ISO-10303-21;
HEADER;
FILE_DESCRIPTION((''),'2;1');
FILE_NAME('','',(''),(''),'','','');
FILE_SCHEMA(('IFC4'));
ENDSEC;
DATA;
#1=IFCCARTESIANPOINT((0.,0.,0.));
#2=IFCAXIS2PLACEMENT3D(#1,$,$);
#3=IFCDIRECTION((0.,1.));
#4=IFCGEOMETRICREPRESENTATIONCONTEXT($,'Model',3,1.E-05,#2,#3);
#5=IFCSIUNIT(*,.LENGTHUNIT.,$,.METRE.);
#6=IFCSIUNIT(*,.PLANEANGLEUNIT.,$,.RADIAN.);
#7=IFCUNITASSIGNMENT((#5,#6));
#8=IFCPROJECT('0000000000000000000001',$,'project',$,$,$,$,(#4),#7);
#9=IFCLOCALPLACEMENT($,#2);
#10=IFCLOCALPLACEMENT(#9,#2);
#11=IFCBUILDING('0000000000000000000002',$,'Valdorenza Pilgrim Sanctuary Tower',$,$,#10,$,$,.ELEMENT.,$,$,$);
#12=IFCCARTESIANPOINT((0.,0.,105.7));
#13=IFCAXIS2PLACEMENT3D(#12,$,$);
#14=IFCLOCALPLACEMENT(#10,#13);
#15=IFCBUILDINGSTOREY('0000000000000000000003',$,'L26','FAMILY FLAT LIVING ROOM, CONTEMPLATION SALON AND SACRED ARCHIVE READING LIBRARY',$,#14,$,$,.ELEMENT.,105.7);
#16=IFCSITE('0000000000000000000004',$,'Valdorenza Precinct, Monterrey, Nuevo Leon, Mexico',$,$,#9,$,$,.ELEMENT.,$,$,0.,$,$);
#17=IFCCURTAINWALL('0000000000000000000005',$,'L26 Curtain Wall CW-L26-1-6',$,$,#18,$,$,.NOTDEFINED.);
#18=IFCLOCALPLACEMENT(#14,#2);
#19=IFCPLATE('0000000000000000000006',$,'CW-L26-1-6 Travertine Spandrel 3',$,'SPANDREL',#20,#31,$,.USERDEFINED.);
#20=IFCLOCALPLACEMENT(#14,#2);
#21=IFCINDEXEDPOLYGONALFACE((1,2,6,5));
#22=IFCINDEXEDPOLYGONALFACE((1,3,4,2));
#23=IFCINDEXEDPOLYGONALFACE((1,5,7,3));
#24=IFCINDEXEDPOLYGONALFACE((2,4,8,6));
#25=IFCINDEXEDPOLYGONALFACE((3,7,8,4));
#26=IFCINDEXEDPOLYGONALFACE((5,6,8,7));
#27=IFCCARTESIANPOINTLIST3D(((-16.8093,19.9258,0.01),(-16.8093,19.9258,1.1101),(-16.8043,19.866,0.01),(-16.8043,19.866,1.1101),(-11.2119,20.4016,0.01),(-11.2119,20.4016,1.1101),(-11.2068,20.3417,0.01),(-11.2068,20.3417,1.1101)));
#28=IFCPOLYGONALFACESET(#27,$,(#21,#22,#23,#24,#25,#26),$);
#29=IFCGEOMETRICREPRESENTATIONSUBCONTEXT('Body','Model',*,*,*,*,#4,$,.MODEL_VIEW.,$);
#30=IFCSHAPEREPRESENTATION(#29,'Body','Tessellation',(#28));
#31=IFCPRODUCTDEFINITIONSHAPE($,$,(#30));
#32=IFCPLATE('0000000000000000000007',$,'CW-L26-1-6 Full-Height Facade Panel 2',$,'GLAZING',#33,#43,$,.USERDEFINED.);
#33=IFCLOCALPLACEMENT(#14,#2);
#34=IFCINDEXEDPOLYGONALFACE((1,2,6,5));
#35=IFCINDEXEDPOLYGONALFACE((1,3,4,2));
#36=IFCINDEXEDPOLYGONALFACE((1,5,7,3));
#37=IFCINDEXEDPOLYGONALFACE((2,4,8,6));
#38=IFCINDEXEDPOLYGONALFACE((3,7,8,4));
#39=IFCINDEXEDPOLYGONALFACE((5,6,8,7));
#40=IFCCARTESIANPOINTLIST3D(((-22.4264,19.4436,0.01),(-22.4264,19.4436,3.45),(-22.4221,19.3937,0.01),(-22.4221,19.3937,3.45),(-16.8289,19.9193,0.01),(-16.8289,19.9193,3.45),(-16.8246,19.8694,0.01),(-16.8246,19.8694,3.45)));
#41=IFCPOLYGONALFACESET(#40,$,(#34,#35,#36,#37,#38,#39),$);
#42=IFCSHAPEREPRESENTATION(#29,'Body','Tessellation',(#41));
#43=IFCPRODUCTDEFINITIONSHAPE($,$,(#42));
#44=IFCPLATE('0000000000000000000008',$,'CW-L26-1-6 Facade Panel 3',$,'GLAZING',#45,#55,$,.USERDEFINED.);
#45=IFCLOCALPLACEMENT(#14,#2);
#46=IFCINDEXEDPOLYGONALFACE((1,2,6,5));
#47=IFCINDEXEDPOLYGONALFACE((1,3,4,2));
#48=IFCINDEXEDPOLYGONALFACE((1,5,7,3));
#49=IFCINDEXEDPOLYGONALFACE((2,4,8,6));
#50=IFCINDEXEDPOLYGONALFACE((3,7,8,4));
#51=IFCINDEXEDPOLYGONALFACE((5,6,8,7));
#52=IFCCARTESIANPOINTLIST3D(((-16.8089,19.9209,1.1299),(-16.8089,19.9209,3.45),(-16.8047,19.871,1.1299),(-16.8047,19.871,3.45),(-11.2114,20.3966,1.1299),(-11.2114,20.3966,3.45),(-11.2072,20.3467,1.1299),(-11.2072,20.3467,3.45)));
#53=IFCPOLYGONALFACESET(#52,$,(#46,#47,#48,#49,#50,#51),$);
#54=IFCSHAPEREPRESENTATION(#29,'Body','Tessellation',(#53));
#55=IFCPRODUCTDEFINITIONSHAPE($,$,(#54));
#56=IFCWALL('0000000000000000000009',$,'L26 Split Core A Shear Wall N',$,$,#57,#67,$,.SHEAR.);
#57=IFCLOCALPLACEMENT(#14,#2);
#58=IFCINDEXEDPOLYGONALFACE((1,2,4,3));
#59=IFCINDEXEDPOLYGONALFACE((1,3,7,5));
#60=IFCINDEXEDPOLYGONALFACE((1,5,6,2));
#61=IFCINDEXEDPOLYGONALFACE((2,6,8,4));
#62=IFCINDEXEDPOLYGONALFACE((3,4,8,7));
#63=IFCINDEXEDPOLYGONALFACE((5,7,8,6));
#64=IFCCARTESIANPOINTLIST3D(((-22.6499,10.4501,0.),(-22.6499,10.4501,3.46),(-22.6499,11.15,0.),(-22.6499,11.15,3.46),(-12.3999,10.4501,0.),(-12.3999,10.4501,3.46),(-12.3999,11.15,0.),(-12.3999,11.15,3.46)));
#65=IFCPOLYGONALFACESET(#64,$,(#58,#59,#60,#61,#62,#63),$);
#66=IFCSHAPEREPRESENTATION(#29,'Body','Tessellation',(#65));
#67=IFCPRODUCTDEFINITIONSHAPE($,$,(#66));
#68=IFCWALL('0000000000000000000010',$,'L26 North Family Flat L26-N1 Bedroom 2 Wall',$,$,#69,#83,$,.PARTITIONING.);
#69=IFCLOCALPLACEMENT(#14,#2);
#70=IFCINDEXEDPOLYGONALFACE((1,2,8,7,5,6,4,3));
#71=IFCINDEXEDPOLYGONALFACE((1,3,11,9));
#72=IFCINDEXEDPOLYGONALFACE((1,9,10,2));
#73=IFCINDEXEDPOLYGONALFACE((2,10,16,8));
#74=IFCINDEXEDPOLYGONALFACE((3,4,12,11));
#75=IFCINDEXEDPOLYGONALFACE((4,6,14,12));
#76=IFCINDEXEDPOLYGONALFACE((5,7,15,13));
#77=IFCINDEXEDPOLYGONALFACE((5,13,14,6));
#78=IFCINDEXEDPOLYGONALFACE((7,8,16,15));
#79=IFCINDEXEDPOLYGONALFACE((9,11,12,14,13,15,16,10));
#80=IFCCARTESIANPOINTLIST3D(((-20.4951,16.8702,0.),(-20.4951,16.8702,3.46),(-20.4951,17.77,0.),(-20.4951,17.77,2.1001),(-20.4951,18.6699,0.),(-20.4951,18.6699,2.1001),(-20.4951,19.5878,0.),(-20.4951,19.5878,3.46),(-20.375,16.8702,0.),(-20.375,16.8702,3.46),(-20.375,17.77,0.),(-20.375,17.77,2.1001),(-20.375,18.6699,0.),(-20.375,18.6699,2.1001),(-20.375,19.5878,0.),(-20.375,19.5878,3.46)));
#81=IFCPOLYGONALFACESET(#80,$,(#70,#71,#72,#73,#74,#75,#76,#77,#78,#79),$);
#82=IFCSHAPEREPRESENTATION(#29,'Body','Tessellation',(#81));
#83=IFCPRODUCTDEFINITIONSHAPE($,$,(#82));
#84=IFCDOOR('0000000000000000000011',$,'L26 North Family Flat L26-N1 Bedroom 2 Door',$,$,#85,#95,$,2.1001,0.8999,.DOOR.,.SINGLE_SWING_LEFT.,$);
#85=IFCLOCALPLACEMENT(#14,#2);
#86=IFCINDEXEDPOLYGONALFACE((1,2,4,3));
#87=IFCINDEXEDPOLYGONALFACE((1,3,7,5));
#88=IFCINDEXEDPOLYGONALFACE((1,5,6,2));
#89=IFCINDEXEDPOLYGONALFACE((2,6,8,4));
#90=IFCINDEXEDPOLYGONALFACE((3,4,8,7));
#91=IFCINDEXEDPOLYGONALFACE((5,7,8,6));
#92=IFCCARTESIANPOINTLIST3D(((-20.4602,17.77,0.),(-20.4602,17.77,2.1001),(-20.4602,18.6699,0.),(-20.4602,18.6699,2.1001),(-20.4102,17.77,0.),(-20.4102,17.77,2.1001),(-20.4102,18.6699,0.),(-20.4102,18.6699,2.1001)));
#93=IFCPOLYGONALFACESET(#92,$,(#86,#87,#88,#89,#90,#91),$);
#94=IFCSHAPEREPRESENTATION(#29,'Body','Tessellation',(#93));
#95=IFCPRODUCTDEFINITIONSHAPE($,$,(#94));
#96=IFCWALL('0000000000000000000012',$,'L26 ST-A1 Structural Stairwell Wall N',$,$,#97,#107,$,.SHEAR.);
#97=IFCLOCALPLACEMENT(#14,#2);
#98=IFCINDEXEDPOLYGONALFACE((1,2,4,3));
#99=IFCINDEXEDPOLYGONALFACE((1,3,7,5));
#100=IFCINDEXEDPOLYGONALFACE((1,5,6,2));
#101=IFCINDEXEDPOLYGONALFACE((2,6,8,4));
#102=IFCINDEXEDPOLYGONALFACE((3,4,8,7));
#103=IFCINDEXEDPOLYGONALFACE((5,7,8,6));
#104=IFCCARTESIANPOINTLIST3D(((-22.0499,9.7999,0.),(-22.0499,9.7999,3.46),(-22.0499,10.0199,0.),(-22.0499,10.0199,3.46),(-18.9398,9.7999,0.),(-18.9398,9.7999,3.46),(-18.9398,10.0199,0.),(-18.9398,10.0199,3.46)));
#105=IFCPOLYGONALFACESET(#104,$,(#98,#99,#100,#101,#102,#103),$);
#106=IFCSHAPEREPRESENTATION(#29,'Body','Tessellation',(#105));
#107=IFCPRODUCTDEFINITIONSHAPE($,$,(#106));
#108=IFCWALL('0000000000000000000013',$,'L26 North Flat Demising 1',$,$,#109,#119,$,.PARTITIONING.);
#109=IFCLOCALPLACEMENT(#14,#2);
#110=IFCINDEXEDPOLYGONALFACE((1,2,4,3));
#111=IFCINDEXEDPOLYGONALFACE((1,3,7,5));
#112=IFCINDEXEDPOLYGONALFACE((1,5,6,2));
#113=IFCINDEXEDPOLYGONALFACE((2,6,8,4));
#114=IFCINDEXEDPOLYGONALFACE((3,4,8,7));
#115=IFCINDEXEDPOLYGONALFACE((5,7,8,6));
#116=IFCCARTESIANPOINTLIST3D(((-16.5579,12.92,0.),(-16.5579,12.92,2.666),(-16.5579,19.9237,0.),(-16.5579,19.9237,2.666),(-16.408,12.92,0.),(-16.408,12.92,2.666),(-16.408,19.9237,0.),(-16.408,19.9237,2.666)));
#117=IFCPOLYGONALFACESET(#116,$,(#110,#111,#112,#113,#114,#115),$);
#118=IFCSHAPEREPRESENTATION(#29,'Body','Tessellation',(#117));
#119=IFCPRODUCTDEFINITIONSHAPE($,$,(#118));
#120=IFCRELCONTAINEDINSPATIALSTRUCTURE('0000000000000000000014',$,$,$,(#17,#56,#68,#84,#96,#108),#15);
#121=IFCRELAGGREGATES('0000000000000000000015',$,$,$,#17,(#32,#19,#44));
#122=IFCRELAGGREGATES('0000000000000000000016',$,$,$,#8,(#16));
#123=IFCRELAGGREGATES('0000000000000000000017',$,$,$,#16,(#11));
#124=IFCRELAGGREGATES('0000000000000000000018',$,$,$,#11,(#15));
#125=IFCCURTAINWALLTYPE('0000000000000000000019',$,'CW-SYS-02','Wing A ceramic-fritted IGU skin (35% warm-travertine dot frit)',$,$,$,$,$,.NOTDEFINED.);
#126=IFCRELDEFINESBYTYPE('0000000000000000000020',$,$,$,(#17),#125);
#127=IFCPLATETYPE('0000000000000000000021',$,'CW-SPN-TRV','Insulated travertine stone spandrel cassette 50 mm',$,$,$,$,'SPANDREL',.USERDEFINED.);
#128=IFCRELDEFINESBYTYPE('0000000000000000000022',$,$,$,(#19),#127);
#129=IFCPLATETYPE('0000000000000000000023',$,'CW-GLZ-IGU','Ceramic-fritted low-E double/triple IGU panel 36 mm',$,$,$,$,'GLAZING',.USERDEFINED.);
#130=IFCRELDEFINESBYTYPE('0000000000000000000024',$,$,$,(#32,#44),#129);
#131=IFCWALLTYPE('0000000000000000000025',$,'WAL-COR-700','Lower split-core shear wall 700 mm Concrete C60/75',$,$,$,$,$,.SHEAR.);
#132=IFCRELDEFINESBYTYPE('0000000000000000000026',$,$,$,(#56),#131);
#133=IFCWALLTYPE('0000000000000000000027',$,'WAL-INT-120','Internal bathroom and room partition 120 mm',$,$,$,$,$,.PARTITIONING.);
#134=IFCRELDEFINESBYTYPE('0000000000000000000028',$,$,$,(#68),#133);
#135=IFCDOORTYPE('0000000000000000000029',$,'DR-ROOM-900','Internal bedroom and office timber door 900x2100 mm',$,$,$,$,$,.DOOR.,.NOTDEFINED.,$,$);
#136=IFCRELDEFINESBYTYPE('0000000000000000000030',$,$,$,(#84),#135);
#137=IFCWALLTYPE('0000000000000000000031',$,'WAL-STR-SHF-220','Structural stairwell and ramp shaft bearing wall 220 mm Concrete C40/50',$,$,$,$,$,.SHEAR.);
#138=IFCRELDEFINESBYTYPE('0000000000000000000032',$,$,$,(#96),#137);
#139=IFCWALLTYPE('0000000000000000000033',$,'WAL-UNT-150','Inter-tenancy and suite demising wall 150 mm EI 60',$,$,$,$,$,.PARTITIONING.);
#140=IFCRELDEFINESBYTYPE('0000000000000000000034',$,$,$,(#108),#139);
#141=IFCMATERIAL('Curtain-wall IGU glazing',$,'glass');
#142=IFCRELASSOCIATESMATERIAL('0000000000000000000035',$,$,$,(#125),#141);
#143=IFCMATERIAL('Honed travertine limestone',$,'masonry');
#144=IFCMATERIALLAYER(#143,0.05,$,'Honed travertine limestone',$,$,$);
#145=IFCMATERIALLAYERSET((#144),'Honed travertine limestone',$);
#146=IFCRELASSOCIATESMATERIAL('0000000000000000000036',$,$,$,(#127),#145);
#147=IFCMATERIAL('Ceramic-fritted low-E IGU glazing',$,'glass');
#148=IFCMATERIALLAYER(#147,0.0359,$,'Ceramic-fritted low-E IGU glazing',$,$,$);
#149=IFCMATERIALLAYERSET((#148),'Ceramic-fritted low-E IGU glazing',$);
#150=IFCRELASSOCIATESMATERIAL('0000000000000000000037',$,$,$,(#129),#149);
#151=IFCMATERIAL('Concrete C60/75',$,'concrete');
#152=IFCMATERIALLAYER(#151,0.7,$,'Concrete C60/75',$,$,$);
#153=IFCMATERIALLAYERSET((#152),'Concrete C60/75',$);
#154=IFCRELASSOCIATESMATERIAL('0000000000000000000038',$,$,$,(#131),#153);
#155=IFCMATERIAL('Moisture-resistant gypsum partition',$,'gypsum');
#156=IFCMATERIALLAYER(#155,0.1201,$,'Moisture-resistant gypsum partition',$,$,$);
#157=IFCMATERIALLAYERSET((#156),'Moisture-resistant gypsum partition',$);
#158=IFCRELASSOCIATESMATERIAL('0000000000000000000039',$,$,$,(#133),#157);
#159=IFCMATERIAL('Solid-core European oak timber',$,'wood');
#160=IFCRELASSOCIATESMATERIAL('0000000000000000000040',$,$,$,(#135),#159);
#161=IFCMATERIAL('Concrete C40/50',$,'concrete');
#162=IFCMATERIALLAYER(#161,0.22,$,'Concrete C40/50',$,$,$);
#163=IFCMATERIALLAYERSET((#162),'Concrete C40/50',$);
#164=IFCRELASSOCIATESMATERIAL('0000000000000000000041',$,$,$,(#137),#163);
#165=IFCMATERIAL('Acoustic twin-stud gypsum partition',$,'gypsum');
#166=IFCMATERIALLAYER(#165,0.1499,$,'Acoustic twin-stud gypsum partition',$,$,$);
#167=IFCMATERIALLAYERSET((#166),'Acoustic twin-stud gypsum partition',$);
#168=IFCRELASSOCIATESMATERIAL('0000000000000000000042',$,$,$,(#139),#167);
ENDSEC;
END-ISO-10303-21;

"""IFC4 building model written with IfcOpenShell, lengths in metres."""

from ifc_helpers import new_model, si_unit, direction, frame, frame_2d, origin, origin_2d, place, context, subcontext, project, spatial, rectangle, extrude, source, transform, mapped, material, layer, layer_set, type_object, element, fill, aggregate, save


model = new_model("IFC4")

# Units and contexts
model_context = context("Model", 3, precision=1e-05, world=origin(), true_north=direction((0.0, 1.0)))
body_context = subcontext(model_context, "Body", "Model", "MODEL_VIEW")
ifc_project = project(units=[si_unit("LENGTHUNIT", "METRE"), si_unit("PLANEANGLEUNIT", "RADIAN")], contexts=[model_context])

# Site, building, storey
site_placement = place(None, origin())
site = spatial("IfcSite", under=ifc_project, at=site_placement, Name="Valdorenza Precinct, Monterrey, Nuevo Leon, Mexico", CompositionType="ELEMENT", RefElevation=0.0)
building_placement = place(site_placement, origin())
building = spatial("IfcBuilding", under=site, at=building_placement, Name="Valdorenza Pilgrim Sanctuary Tower", CompositionType="ELEMENT")
storey_placement = place(building_placement, frame((0.0, 0.0, 105.7)))
storey = spatial("IfcBuildingStorey", under=building, at=storey_placement, Name="L26", Description="FAMILY FLAT LIVING ROOM, CONTEMPLATION SALON AND SACRED ARCHIVE READING LIBRARY", CompositionType="ELEMENT", Elevation=105.7)

# Shared definitions
ifc_material_1 = material(Name="Concrete C60/75", Category="concrete")

# Curtain wall, plates
ifc_material_2 = material(Name="Curtain-wall IGU glazing", Category="glass")
curtain_wall_type = type_object("IfcCurtainWallType", Name="CW-SYS-02", Description="Wing A ceramic-fritted IGU skin (35% warm-travertine dot frit)", PredefinedType="NOTDEFINED", material=ifc_material_2)
curtain_wall_placement = place(storey_placement, origin())
curtain_wall = element("IfcCurtainWall", 1, at=curtain_wall_placement, inside=storey, type_object=curtain_wall_type, Name="L26 Curtain Wall CW-L26-1-6", PredefinedType="NOTDEFINED")
ifc_material_3 = material(Name="Honed travertine limestone", Category="masonry")
ifc_layer_1 = layer(ifc_material_3, 0.05, Name="Honed travertine limestone")
ifc_layer_set_1 = layer_set([ifc_layer_1], Name="Honed travertine limestone")
plate_type_1 = type_object("IfcPlateType", Name="CW-SPN-TRV", Description="Insulated travertine stone spandrel cassette 50 mm", ElementType="SPANDREL", PredefinedType="USERDEFINED", material=ifc_layer_set_1)
shared_shape_1 = source(origin(), body_context, "Body", "SweptSolid", [
    extrude(rectangle(XDim=5.6177, YDim=0.0601, at=origin_2d()), origin(), (0.0, 0.0, 1.0), 1.1001),
])
plate_1_placement = place(storey_placement, frame((-14.0081, 20.1338, 0.01), z_axis=(0.0, 0.0, 1.0), x_axis=(0.996408, 0.084687, 0.0)))
plate_1 = element("IfcPlate", 2, at=plate_1_placement, type_object=plate_type_1, Name="CW-L26-1-6 Travertine Spandrel 3", ObjectType="SPANDREL", PredefinedType="USERDEFINED", context=body_context, shape_type="MappedRepresentation", body=[
    mapped(shared_shape_1, transform((0.0, 0.0, 0.0), x_axis=(1.0, 0.0, 0.0), y_axis=(0.0, 1.0, 0.0), z_axis=(0.0, 0.0, 1.0), scale=1.0)),
])
ifc_material_4 = material(Name="Ceramic-fritted low-E IGU glazing", Category="glass")
ifc_layer_2 = layer(ifc_material_4, 0.0359, Name="Ceramic-fritted low-E IGU glazing")
ifc_layer_set_2 = layer_set([ifc_layer_2], Name="Ceramic-fritted low-E IGU glazing")
plate_type_2 = type_object("IfcPlateType", Name="CW-GLZ-IGU", Description="Ceramic-fritted low-E double/triple IGU panel 36 mm", ElementType="GLAZING", PredefinedType="USERDEFINED", material=ifc_layer_set_2)
shared_shape_2 = source(origin(), body_context, "Body", "SweptSolid", [
    extrude(rectangle(XDim=5.6177, YDim=0.05, at=origin_2d()), origin(), (0.0, 0.0, 1.0), 3.4399),
])
plate_2_placement = place(storey_placement, frame((-19.6255, 19.6565, 0.01), z_axis=(0.0, 0.0, 1.0), x_axis=(0.996408, 0.084687, 0.0)))
plate_2 = element("IfcPlate", 3, at=plate_2_placement, type_object=plate_type_2, Name="CW-L26-1-6 Full-Height Facade Panel 2", ObjectType="GLAZING", PredefinedType="USERDEFINED", context=body_context, shape_type="MappedRepresentation", body=[
    mapped(shared_shape_2, transform((0.0, 0.0, 0.0), x_axis=(1.0, 0.0, 0.0), y_axis=(0.0, 1.0, 0.0), z_axis=(0.0, 0.0, 1.0), scale=1.0)),
])
shared_shape_3 = source(origin(), body_context, "Body", "SweptSolid", [
    extrude(rectangle(XDim=5.6177, YDim=0.05, at=origin_2d()), origin(), (0.0, 0.0, 1.0), 2.3201),
])
plate_3_placement = place(storey_placement, frame((-14.0081, 20.1338, 1.1299), z_axis=(0.0, 0.0, 1.0), x_axis=(0.996408, 0.084687, 0.0)))
plate_3 = element("IfcPlate", 4, at=plate_3_placement, type_object=plate_type_2, Name="CW-L26-1-6 Facade Panel 3", ObjectType="GLAZING", PredefinedType="USERDEFINED", context=body_context, shape_type="MappedRepresentation", body=[
    mapped(shared_shape_3, transform((0.0, 0.0, 0.0), x_axis=(1.0, 0.0, 0.0), y_axis=(0.0, 1.0, 0.0), z_axis=(0.0, 0.0, 1.0), scale=1.0)),
])
aggregate(curtain_wall, [plate_2, plate_1, plate_3])

# Wall
ifc_layer_3 = layer(ifc_material_1, 0.7, Name="Concrete C60/75")
ifc_layer_set_3 = layer_set([ifc_layer_3], Name="Concrete C60/75")
wall_type_1 = type_object("IfcWallType", Name="WAL-COR-700", Description="Lower split-core shear wall 700 mm Concrete C60/75", PredefinedType="SHEAR", material=ifc_layer_set_3)
wall_1_placement = place(storey_placement, frame((-22.6499, 10.8, 0.0), z_axis=(0.0, 0.0, 1.0), x_axis=(1.0, 0.0, 0.0)))
element("IfcWall", 5, at=wall_1_placement, inside=storey, type_object=wall_type_1, Name="L26 Split Core A Shear Wall N", PredefinedType="SHEAR", context=body_context, shape_type="SweptSolid", body=[
    extrude(rectangle(XDim=10.25, YDim=0.7, at=frame_2d((5.125, 0.0))), origin(), (0.0, 0.0, 1.0), 3.46),
])

# Wall, opening, door
ifc_material_5 = material(Name="Moisture-resistant gypsum partition", Category="gypsum")
ifc_layer_4 = layer(ifc_material_5, 0.1201, Name="Moisture-resistant gypsum partition")
ifc_layer_set_4 = layer_set([ifc_layer_4], Name="Moisture-resistant gypsum partition")
wall_type_2 = type_object("IfcWallType", Name="WAL-INT-120", Description="Internal bathroom and room partition 120 mm", PredefinedType="PARTITIONING", material=ifc_layer_set_4)
wall_2_placement = place(storey_placement, frame((-20.4351, 16.8701, 0.0), z_axis=(0.0, 0.0, 1.0), x_axis=(0.0, 1.0, 0.0)))
wall_2 = element("IfcWall", 6, at=wall_2_placement, inside=storey, type_object=wall_type_2, Name="L26 North Family Flat L26-N1 Bedroom 2 Wall", PredefinedType="PARTITIONING", context=body_context, shape_type="SweptSolid", body=[
    extrude(rectangle(XDim=2.7175, YDim=0.1201, at=frame_2d((1.3589, 0.0))), origin(), (0.0, 0.0, 1.0), 3.46),
])
opening_placement = place(wall_2_placement, frame((0.8999, 0.0, 0.0)))
opening = element("IfcOpeningElement", 7, at=opening_placement, cuts=wall_2, PredefinedType="OPENING", context=body_context, shape_type="SweptSolid", body=[
    extrude(rectangle(XDim=0.8999, YDim=2.1001, at=frame_2d((0.45, 1.05))), frame((0.0, 0.075, 0.0), z_axis=(0.0, -1.0, 0.0), x_axis=(1.0, 0.0, 0.0)), (0.0, 0.0, 1.0), 0.1499),
])
ifc_material_6 = material(Name="Solid-core European oak timber", Category="wood")
door_type = type_object("IfcDoorType", Name="DR-ROOM-900", Description="Internal bedroom and office timber door 900x2100 mm", OperationType="NOTDEFINED", PredefinedType="DOOR", material=ifc_material_6)
door_placement = place(opening_placement, frame((0.8999, 0.0, 0.0), z_axis=(0.0, 0.0, 1.0), x_axis=(-1.0, 0.0, 0.0)))
door = element("IfcDoor", 8, at=door_placement, inside=storey, type_object=door_type, Name="L26 North Family Flat L26-N1 Bedroom 2 Door", OperationType="SINGLE_SWING_LEFT", OverallHeight=2.1001, OverallWidth=0.8999, PredefinedType="DOOR", context=body_context, shape_type="SweptSolid", body=[
    extrude(rectangle(XDim=0.8999, YDim=2.1001, at=frame_2d((0.45, 1.05))), frame((0.0, 0.0249, 0.0), z_axis=(0.0, -1.0, 0.0), x_axis=(1.0, 0.0, 0.0)), (0.0, 0.0, 1.0), 0.05),
])
fill(opening, door)

# Walls
ifc_material_7 = material(Name="Concrete C40/50", Category="concrete")
ifc_layer_5 = layer(ifc_material_7, 0.22, Name="Concrete C40/50")
ifc_layer_set_5 = layer_set([ifc_layer_5], Name="Concrete C40/50")
wall_type_3 = type_object("IfcWallType", Name="WAL-STR-SHF-220", Description="Structural stairwell and ramp shaft bearing wall 220 mm Concrete C40/50", PredefinedType="SHEAR", material=ifc_layer_set_5)
wall_3_placement = place(storey_placement, frame((-22.05, 9.9099, 0.0), z_axis=(0.0, 0.0, 1.0), x_axis=(1.0, 0.0, 0.0)))
element("IfcWall", 9, at=wall_3_placement, inside=storey, type_object=wall_type_3, Name="L26 ST-A1 Structural Stairwell Wall N", PredefinedType="SHEAR", context=body_context, shape_type="SweptSolid", body=[
    extrude(rectangle(XDim=3.1101, YDim=0.22, at=frame_2d((1.5552, 0.0))), origin(), (0.0, 0.0, 1.0), 3.46),
])
ifc_material_8 = material(Name="Acoustic twin-stud gypsum partition", Category="gypsum")
ifc_layer_6 = layer(ifc_material_8, 0.1499, Name="Acoustic twin-stud gypsum partition")
ifc_layer_set_6 = layer_set([ifc_layer_6], Name="Acoustic twin-stud gypsum partition")
wall_type_4 = type_object("IfcWallType", Name="WAL-UNT-150", Description="Inter-tenancy and suite demising wall 150 mm EI 60", PredefinedType="PARTITIONING", material=ifc_layer_set_6)
wall_4_placement = place(storey_placement, frame((-16.4829, 12.9199, 0.0), z_axis=(0.0, 0.0, 1.0), x_axis=(0.0, 1.0, 0.0)))
element("IfcWall", 10, at=wall_4_placement, inside=storey, type_object=wall_type_4, Name="L26 North Flat Demising 1", PredefinedType="PARTITIONING", context=body_context, shape_type="SweptSolid", body=[
    extrude(rectangle(XDim=7.0037, YDim=0.1499, at=frame_2d((3.502, 0.0))), origin(), (0.0, 0.0, 1.0), 2.666),
])

save(model, "model.ifc")
